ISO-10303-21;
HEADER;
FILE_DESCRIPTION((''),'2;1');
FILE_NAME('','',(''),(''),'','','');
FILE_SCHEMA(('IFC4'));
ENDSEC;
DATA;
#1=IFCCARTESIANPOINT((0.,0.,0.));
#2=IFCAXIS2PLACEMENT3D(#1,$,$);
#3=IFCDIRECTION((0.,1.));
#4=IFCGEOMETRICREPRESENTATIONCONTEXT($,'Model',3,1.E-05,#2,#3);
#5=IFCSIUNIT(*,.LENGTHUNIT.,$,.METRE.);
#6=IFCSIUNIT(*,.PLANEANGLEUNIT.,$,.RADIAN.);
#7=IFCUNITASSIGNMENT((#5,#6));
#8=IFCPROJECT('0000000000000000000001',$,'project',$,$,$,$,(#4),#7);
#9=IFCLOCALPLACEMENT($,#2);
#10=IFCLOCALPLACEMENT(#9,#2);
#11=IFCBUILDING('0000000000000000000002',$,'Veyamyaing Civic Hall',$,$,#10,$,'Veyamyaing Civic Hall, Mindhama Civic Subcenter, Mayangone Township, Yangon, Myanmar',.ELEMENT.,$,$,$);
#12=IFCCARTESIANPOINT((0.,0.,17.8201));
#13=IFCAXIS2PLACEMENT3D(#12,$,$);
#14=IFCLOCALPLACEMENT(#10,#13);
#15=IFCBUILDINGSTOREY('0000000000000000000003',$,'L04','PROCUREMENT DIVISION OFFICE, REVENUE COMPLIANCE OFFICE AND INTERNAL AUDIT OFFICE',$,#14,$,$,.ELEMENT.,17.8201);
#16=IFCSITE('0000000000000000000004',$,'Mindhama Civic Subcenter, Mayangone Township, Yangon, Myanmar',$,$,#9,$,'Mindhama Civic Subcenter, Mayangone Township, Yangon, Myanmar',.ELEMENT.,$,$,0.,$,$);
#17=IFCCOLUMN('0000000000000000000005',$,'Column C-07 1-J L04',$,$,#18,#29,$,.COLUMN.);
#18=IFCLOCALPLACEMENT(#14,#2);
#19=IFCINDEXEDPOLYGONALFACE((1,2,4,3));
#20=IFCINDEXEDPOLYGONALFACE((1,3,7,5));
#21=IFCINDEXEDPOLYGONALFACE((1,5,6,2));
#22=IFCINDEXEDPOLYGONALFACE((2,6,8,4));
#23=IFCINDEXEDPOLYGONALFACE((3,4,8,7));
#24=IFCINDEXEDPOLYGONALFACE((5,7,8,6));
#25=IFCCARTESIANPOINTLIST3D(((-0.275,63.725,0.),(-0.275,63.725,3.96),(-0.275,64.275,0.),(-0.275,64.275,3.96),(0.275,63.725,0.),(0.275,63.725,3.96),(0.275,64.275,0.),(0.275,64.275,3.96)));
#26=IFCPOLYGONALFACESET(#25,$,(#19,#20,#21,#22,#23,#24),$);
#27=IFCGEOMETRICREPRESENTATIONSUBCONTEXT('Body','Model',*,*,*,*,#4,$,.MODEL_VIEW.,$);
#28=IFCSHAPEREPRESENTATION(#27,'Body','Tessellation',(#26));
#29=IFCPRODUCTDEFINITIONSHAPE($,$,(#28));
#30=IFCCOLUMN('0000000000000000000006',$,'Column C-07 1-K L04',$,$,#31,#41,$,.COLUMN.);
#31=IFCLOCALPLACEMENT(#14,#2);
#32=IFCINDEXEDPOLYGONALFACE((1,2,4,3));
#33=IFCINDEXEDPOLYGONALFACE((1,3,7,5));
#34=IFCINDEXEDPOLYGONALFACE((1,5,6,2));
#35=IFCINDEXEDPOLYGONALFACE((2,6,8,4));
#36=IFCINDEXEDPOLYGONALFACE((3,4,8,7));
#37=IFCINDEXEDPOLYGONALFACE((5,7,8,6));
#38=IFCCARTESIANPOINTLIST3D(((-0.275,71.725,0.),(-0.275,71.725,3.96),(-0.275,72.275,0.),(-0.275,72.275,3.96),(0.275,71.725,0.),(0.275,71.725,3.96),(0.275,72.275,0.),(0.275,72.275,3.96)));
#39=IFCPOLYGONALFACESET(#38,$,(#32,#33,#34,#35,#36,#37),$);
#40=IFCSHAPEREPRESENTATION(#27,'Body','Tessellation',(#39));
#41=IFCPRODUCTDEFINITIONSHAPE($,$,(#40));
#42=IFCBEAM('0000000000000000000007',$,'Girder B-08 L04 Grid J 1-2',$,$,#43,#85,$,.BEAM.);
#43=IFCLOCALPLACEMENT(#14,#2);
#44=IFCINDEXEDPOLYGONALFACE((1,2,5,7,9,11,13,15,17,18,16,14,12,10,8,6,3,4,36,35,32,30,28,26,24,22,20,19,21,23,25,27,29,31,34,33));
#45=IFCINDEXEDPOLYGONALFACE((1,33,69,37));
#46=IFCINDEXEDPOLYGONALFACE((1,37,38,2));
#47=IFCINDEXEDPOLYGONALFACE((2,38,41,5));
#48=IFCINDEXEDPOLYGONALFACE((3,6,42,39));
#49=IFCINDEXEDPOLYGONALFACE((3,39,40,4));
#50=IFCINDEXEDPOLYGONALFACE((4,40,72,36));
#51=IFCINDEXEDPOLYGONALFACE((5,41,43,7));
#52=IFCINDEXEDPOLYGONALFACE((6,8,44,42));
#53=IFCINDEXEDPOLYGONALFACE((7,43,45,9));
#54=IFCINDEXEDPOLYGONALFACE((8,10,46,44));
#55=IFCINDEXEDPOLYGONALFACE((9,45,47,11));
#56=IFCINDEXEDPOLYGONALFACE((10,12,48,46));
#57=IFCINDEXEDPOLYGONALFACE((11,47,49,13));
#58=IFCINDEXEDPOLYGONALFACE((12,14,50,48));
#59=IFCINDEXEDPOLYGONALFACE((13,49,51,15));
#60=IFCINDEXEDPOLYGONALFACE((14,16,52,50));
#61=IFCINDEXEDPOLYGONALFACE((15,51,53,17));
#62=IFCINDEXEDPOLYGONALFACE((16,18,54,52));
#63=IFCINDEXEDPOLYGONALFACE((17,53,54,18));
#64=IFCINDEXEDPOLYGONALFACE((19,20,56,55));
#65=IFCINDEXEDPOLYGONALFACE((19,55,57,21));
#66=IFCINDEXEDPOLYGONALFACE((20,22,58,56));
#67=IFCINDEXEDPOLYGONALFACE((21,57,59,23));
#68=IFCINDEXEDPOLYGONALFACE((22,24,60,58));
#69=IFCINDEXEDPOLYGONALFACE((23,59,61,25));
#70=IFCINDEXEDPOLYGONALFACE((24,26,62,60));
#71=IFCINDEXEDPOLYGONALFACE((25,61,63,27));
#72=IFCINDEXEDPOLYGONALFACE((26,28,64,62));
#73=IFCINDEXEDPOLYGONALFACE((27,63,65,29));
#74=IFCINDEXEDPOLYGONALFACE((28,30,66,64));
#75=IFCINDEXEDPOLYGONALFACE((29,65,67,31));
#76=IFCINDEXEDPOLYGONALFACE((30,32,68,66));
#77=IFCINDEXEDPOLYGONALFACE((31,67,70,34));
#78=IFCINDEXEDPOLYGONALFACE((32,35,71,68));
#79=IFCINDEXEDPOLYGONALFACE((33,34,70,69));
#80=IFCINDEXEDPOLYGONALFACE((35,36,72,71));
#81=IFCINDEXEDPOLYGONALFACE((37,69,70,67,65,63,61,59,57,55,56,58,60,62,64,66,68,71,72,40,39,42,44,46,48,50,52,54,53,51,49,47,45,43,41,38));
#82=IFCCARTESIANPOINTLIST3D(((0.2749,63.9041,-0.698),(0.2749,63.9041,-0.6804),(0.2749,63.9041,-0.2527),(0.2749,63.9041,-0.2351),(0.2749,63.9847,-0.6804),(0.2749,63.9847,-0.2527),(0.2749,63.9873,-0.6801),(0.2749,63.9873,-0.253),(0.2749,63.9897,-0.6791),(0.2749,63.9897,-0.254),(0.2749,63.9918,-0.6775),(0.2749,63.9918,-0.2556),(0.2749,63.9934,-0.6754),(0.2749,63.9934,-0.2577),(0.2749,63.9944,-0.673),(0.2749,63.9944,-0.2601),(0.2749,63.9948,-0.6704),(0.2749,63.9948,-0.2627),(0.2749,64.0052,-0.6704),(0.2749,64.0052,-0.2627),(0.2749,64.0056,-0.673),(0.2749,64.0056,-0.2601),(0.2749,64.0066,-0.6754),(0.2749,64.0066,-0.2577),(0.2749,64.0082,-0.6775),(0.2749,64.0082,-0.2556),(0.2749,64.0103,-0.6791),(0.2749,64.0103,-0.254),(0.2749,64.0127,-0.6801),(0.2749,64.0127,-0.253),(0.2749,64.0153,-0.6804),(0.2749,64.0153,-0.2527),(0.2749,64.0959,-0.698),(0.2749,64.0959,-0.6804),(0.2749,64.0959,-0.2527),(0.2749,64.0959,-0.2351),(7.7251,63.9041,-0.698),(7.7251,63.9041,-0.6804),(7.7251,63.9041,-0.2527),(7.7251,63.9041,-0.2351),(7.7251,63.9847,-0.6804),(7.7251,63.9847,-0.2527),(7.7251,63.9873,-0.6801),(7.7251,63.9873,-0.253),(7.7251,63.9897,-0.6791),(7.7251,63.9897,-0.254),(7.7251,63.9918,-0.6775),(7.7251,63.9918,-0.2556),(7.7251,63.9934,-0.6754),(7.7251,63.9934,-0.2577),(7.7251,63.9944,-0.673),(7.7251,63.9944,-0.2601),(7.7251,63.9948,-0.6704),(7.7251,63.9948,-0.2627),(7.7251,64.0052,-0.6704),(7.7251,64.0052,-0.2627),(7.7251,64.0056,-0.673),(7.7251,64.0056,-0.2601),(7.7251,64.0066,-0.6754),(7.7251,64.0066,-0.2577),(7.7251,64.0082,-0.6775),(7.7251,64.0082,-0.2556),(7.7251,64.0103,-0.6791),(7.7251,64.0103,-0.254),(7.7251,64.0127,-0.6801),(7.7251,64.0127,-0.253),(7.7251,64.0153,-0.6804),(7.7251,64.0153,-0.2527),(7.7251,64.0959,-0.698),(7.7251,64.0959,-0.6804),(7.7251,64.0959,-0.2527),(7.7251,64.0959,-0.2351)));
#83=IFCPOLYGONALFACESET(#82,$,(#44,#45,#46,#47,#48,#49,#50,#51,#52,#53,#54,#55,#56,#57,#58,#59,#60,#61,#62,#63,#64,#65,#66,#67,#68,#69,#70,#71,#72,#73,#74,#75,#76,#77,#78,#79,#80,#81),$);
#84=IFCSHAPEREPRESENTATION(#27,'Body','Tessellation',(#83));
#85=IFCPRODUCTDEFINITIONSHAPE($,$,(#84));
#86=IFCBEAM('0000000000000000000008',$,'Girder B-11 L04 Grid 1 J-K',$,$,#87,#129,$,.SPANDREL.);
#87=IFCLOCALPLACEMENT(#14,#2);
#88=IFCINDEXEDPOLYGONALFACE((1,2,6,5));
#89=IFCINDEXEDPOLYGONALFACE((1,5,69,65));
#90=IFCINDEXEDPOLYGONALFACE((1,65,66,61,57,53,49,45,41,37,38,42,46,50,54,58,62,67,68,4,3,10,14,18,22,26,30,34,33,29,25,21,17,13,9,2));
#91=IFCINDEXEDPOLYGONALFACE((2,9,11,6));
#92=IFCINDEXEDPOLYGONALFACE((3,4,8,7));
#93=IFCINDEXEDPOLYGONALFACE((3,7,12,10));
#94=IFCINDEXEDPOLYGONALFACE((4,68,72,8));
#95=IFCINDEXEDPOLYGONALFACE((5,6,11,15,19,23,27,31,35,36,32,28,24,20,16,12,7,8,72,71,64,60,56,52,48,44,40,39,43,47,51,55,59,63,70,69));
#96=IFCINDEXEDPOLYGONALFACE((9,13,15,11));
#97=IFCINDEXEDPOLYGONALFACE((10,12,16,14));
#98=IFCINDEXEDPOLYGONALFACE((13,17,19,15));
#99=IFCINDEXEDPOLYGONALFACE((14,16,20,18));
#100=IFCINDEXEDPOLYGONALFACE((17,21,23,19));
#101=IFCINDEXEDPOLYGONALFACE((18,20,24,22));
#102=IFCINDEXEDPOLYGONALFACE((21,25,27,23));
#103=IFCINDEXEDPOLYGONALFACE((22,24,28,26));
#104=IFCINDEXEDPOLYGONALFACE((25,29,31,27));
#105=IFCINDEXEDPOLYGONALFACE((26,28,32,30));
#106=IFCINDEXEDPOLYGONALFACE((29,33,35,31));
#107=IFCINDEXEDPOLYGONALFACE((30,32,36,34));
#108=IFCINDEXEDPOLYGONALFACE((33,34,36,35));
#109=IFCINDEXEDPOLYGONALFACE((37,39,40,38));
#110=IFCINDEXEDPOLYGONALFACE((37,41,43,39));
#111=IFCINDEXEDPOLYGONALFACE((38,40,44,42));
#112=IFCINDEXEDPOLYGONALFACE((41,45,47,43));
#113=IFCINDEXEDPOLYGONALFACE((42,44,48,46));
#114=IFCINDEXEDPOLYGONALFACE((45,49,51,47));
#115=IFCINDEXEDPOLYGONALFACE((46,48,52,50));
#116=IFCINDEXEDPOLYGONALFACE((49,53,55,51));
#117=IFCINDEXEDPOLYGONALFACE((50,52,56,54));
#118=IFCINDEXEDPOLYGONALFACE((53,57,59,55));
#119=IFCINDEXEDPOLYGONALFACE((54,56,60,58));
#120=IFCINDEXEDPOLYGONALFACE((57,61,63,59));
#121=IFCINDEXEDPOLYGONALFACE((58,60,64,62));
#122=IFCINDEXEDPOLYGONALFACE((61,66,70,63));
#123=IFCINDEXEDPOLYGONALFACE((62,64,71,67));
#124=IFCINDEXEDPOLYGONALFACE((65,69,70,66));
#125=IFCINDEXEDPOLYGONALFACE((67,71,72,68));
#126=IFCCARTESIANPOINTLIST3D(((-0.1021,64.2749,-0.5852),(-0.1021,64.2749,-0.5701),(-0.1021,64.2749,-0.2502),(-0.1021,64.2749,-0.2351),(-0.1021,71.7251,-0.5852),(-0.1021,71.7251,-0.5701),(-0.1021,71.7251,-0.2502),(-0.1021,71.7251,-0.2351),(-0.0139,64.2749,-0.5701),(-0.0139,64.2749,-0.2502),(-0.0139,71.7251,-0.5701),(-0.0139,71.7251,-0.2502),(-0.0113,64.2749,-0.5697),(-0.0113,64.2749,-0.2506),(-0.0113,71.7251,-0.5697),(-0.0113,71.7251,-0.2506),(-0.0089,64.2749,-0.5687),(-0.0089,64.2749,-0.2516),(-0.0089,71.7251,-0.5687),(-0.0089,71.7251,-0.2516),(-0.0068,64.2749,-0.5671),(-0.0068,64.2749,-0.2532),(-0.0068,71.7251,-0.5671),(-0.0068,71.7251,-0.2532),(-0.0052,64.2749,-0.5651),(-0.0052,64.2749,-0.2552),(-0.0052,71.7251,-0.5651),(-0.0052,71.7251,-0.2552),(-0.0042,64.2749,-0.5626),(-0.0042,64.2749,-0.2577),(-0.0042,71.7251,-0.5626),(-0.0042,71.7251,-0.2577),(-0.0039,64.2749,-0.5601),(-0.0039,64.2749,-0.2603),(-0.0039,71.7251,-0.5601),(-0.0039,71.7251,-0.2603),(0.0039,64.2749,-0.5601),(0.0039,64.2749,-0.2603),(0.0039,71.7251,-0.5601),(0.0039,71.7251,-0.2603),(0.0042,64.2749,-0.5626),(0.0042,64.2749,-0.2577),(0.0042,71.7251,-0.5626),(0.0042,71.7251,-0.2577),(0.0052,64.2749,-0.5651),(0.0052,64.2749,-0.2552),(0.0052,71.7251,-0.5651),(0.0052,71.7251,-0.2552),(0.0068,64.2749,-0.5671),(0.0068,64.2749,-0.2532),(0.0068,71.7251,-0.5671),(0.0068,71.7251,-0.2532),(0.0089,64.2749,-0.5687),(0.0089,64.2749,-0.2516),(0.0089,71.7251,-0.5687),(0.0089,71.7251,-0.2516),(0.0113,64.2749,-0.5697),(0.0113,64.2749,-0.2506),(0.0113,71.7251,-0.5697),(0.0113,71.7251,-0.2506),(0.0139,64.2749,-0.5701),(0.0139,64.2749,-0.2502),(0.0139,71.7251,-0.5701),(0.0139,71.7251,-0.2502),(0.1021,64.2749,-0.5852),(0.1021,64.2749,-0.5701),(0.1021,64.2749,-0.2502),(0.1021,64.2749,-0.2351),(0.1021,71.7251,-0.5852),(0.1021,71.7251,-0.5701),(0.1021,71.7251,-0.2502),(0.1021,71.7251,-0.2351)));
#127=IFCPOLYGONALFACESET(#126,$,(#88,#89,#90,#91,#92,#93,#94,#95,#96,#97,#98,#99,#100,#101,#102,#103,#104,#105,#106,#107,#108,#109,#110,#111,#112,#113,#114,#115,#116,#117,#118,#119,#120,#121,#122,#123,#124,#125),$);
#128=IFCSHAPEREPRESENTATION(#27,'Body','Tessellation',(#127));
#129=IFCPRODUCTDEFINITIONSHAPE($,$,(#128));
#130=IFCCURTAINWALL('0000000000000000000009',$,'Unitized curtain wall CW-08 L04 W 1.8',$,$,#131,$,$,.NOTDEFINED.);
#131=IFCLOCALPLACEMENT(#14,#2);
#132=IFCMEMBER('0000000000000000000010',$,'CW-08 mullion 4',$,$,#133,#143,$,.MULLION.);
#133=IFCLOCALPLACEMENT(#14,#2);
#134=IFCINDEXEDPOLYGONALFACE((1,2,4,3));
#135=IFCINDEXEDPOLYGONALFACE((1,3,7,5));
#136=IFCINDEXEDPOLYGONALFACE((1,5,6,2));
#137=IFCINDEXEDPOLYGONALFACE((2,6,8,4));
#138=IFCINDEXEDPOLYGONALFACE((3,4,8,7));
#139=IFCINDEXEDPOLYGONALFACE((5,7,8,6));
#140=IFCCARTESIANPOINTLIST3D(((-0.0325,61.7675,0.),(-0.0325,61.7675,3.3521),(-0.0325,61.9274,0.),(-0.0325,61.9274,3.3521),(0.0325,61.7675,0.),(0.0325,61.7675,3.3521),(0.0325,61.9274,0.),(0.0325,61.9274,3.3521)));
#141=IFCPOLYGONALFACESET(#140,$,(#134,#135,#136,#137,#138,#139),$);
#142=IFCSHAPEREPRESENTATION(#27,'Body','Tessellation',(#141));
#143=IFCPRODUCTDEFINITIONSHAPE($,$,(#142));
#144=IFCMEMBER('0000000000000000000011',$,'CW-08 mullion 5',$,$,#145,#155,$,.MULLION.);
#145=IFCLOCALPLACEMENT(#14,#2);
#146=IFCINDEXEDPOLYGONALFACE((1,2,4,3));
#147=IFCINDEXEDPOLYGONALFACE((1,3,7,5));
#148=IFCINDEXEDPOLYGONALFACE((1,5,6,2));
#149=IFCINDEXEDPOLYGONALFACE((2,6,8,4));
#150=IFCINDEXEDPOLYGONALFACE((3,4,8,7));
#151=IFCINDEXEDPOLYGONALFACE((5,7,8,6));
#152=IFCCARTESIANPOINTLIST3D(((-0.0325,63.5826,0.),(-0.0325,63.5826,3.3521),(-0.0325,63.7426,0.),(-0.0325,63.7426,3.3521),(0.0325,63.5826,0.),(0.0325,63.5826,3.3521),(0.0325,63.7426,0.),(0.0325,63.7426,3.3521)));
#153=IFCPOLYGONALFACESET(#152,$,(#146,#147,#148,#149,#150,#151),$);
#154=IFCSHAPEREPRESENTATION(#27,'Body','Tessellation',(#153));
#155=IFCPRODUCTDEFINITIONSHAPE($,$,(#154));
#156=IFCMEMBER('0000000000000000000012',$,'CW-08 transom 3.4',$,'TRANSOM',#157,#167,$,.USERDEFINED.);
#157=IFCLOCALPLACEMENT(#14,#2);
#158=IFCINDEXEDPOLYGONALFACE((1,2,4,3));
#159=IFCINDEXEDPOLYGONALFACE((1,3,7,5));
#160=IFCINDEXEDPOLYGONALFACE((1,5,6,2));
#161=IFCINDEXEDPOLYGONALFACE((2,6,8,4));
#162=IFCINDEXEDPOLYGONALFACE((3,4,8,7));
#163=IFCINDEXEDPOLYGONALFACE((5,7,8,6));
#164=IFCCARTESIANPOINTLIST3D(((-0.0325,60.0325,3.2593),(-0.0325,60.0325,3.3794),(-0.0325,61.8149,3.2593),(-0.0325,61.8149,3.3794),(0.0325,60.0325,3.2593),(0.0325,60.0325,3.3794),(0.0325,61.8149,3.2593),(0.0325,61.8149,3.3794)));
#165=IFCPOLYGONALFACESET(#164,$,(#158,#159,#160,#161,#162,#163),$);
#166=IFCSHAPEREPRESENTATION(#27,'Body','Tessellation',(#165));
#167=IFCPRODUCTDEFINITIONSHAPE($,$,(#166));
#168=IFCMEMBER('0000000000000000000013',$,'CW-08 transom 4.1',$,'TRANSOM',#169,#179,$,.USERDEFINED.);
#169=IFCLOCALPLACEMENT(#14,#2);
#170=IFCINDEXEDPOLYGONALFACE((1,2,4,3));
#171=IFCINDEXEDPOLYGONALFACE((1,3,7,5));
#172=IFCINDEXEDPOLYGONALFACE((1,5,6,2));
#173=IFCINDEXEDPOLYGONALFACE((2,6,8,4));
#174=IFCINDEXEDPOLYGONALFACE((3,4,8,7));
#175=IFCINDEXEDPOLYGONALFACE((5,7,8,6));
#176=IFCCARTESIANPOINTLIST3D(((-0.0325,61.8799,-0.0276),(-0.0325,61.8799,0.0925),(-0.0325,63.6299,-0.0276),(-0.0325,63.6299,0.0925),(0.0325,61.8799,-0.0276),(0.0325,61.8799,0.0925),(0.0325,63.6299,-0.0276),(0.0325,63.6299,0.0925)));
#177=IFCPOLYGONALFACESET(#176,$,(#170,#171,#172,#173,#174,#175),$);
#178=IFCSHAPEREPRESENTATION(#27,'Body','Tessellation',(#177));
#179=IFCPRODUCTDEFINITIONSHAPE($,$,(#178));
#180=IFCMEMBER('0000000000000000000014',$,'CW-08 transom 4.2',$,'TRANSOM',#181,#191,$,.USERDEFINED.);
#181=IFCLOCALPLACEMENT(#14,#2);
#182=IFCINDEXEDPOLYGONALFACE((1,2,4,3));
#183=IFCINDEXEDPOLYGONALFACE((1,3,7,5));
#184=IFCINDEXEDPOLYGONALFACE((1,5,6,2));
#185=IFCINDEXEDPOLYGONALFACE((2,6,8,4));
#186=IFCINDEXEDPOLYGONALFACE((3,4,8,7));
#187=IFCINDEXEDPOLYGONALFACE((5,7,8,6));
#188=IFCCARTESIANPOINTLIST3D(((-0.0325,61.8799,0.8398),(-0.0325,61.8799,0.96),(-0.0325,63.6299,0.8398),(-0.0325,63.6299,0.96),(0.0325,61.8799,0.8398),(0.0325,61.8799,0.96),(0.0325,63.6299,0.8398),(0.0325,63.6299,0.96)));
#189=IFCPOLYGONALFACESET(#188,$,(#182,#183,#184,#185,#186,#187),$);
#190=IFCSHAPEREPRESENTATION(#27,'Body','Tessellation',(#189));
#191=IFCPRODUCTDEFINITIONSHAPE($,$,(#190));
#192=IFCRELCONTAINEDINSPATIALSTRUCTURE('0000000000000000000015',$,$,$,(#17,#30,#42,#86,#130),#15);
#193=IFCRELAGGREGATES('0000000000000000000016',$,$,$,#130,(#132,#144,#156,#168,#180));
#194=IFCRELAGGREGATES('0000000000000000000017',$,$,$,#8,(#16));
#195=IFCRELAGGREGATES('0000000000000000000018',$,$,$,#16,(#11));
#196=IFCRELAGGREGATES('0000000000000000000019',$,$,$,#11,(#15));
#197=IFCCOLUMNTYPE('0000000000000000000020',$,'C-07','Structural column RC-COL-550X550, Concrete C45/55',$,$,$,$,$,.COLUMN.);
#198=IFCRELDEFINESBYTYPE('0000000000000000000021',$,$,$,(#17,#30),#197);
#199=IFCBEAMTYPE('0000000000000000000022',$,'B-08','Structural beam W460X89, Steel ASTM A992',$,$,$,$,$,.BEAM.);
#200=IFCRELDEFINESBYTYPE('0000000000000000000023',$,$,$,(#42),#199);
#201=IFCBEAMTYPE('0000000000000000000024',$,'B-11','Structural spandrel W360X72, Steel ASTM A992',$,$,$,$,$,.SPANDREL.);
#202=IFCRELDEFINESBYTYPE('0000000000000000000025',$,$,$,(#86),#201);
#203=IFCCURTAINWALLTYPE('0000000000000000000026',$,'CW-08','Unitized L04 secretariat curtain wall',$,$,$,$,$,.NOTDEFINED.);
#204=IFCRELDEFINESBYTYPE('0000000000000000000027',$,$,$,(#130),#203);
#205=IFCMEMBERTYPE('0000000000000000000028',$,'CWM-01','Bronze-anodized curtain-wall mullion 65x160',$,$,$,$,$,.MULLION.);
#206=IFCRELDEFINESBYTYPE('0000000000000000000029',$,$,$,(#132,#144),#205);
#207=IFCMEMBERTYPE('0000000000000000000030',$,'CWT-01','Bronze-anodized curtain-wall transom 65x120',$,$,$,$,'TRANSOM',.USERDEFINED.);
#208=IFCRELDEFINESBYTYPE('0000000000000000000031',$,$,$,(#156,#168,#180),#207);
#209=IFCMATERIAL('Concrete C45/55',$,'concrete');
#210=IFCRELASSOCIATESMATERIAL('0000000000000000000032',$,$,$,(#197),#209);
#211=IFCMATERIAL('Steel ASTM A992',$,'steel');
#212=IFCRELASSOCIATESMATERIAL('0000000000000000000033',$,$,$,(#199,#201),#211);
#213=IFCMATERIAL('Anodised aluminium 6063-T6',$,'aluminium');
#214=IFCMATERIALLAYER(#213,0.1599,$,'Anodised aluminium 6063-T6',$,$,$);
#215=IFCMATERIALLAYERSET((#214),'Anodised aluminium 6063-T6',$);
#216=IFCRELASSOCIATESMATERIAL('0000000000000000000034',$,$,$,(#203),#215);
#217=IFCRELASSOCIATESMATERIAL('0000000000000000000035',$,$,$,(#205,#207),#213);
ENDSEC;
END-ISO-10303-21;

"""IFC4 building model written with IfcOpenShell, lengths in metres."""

from ifc_helpers import new_model, si_unit, direction, frame, origin, origin_2d, place, context, subcontext, project, spatial, rectangle, i_section, extrude, material, layer, layer_set, material_profile, profile_set, type_object, element, aggregate, save


model = new_model("IFC4")

# Units and contexts
model_context = context("Model", 3, precision=1e-05, world=origin(), true_north=direction((0.0, 1.0)))
body_context = subcontext(model_context, "Body", "Model", "MODEL_VIEW")
ifc_project = project(units=[si_unit("LENGTHUNIT", "METRE"), si_unit("PLANEANGLEUNIT", "RADIAN")], contexts=[model_context])

# Site, building, storey
site_placement = place(None, origin())
site = spatial("IfcSite", under=ifc_project, at=site_placement, Name="Mindhama Civic Subcenter, Mayangone Township, Yangon, Myanmar", LongName="Mindhama Civic Subcenter, Mayangone Township, Yangon, Myanmar", CompositionType="ELEMENT", RefElevation=0.0)
building_placement = place(site_placement, origin())
building = spatial("IfcBuilding", under=site, at=building_placement, Name="Veyamyaing Civic Hall", LongName="Veyamyaing Civic Hall, Mindhama Civic Subcenter, Mayangone Township, Yangon, Myanmar", CompositionType="ELEMENT")
storey_placement = place(building_placement, frame((0.0, 0.0, 17.8201)))
storey = spatial("IfcBuildingStorey", under=building, at=storey_placement, Name="L04", Description="PROCUREMENT DIVISION OFFICE, REVENUE COMPLIANCE OFFICE AND INTERNAL AUDIT OFFICE", CompositionType="ELEMENT", Elevation=17.8201)

# Columns
ifc_material_1 = material(Name="Concrete C45/55", Category="concrete")
ifc_material_profile_1 = material_profile(ifc_material_1, rectangle(XDim=0.55, YDim=0.55, at=origin_2d()), Name="RC-COL-550X550")
ifc_profile_set_1 = profile_set([ifc_material_profile_1], Name="Concrete C45/55")
column_type = type_object("IfcColumnType", Name="C-07", Description="Structural column RC-COL-550X550, Concrete C45/55", PredefinedType="COLUMN", material=ifc_profile_set_1)
for number, where, z_axis, x_axis, name in (
    (1, (0.0, 64.0, 0.0), (0.0, 0.0, 1.0), (1.0, 0.0, 0.0), "Column C-07 1-J L04"),
    (2, (0.0, 72.0, 0.0), (0.0, 0.0, 1.0), (1.0, 0.0, 0.0), "Column C-07 1-K L04"),
):
    element("IfcColumn", number, at=place(storey_placement, frame(where, z_axis=z_axis, x_axis=x_axis)), inside=storey, type_object=column_type, Name=name, PredefinedType="COLUMN", context=body_context, shape_type="SweptSolid", body=[
        extrude(rectangle(XDim=0.55, YDim=0.55, at=origin_2d()), origin(), (0.0, 0.0, 1.0), 3.96),
    ])

# Beams
ifc_material_2 = material(Name="Steel ASTM A992", Category="steel")
ifc_material_profile_2 = material_profile(ifc_material_2, i_section(OverallWidth=0.1919, OverallDepth=0.4629, WebThickness=0.0105, FlangeThickness=0.0176, FilletRadius=0.01, at=origin_2d()), Name="W460X89")
ifc_profile_set_2 = profile_set([ifc_material_profile_2], Name="Steel ASTM A992")
beam_type_1 = type_object("IfcBeamType", Name="B-08", Description="Structural beam W460X89, Steel ASTM A992", PredefinedType="BEAM", material=ifc_profile_set_2)
beam_1_placement = place(storey_placement, frame((0.2749, 64.0, -0.4666), z_axis=(1.0, 0.0, 0.0), x_axis=(0.0, 1.0, 0.0)))
element("IfcBeam", 3, at=beam_1_placement, inside=storey, type_object=beam_type_1, Name="Girder B-08 L04 Grid J 1-2", PredefinedType="BEAM", context=body_context, shape_type="SweptSolid", body=[
    extrude(i_section(OverallWidth=0.1919, OverallDepth=0.4629, WebThickness=0.0105, FlangeThickness=0.0176, FilletRadius=0.01, at=origin_2d()), origin(), (0.0, 0.0, 1.0), 7.4502),
])
ifc_material_profile_3 = material_profile(ifc_material_2, i_section(OverallWidth=0.2041, OverallDepth=0.3501, WebThickness=0.0078, FlangeThickness=0.0151, FilletRadius=0.01, at=origin_2d()), Name="W360X72")
ifc_profile_set_3 = profile_set([ifc_material_profile_3], Name="Steel ASTM A992")
beam_type_2 = type_object("IfcBeamType", Name="B-11", Description="Structural spandrel W360X72, Steel ASTM A992", PredefinedType="SPANDREL", material=ifc_profile_set_3)
beam_2_placement = place(storey_placement, frame((0.0, 64.2749, -0.4102), z_axis=(0.0, 1.0, 0.0), x_axis=(-1.0, 0.0, 0.0)))
element("IfcBeam", 4, at=beam_2_placement, inside=storey, type_object=beam_type_2, Name="Girder B-11 L04 Grid 1 J-K", PredefinedType="SPANDREL", context=body_context, shape_type="SweptSolid", body=[
    extrude(i_section(OverallWidth=0.2041, OverallDepth=0.3501, WebThickness=0.0078, FlangeThickness=0.0151, FilletRadius=0.01, at=origin_2d()), origin(), (0.0, 0.0, 1.0), 7.4502),
])

# Curtain wall, members
ifc_material_3 = material(Name="Anodised aluminium 6063-T6", Category="aluminium")
ifc_layer_1 = layer(ifc_material_3, 0.1599, Name="Anodised aluminium 6063-T6")
ifc_layer_set_1 = layer_set([ifc_layer_1], Name="Anodised aluminium 6063-T6")
curtain_wall_type = type_object("IfcCurtainWallType", Name="CW-08", Description="Unitized L04 secretariat curtain wall", PredefinedType="NOTDEFINED", material=ifc_layer_set_1)
curtain_wall_placement = place(storey_placement, origin())
curtain_wall = element("IfcCurtainWall", 5, at=curtain_wall_placement, inside=storey, type_object=curtain_wall_type, Name="Unitized curtain wall CW-08 L04 W 1.8", PredefinedType="NOTDEFINED")
ifc_material_profile_4 = material_profile(ifc_material_3, rectangle(XDim=0.0649, YDim=0.1599, at=origin_2d()), Name="ALU-MUL-65X160")
ifc_profile_set_4 = profile_set([ifc_material_profile_4], Name="Anodised aluminium 6063-T6")
member_type_1 = type_object("IfcMemberType", Name="CWM-01", Description="Bronze-anodized curtain-wall mullion 65x160", PredefinedType="MULLION", material=ifc_profile_set_4)
member_1_placement = place(storey_placement, frame((0.0, 61.8474, 0.0), z_axis=(0.0, 0.0, 1.0), x_axis=(-1.0, 0.0, 0.0)))
member_1 = element("IfcMember", 6, at=member_1_placement, type_object=member_type_1, Name="CW-08 mullion 4", PredefinedType="MULLION", context=body_context, shape_type="SweptSolid", body=[
    extrude(rectangle(XDim=0.0649, YDim=0.1599, at=origin_2d()), origin(), (0.0, 0.0, 1.0), 3.3521),
])
member_2_placement = place(storey_placement, frame((0.0, 63.6626, 0.0), z_axis=(0.0, 0.0, 1.0), x_axis=(-1.0, 0.0, 0.0)))
member_2 = element("IfcMember", 7, at=member_2_placement, type_object=member_type_1, Name="CW-08 mullion 5", PredefinedType="MULLION", context=body_context, shape_type="SweptSolid", body=[
    extrude(rectangle(XDim=0.0649, YDim=0.1599, at=origin_2d()), origin(), (0.0, 0.0, 1.0), 3.3521),
])
ifc_material_profile_5 = material_profile(ifc_material_3, rectangle(XDim=0.0649, YDim=0.1201, at=origin_2d()), Name="ALU-TRN-65X120")
ifc_profile_set_5 = profile_set([ifc_material_profile_5], Name="Anodised aluminium 6063-T6")
member_type_2 = type_object("IfcMemberType", Name="CWT-01", Description="Bronze-anodized curtain-wall transom 65x120", ElementType="TRANSOM", PredefinedType="USERDEFINED", material=ifc_profile_set_5)
member_3_placement = place(storey_placement, frame((0.0, 60.0325, 3.3193), z_axis=(0.0, 1.0, 0.0), x_axis=(-1.0, 0.0, 0.0)))
member_3 = element("IfcMember", 8, at=member_3_placement, type_object=member_type_2, Name="CW-08 transom 3.4", ObjectType="TRANSOM", PredefinedType="USERDEFINED", context=body_context, shape_type="SweptSolid", body=[
    extrude(rectangle(XDim=0.0649, YDim=0.1201, at=origin_2d()), origin(), (0.0, 0.0, 1.0), 1.7825),
])
member_4_placement = place(storey_placement, frame((0.0, 61.8799, 0.0325), z_axis=(0.0, 1.0, 0.0), x_axis=(-1.0, 0.0, 0.0)))
member_4 = element("IfcMember", 9, at=member_4_placement, type_object=member_type_2, Name="CW-08 transom 4.1", ObjectType="TRANSOM", PredefinedType="USERDEFINED", context=body_context, shape_type="SweptSolid", body=[
    extrude(rectangle(XDim=0.0649, YDim=0.1201, at=origin_2d()), origin(), (0.0, 0.0, 1.0), 1.75),
])
member_5_placement = place(storey_placement, frame((0.0, 61.8799, 0.8999), z_axis=(0.0, 1.0, 0.0), x_axis=(-1.0, 0.0, 0.0)))
member_5 = element("IfcMember", 10, at=member_5_placement, type_object=member_type_2, Name="CW-08 transom 4.2", ObjectType="TRANSOM", PredefinedType="USERDEFINED", context=body_context, shape_type="SweptSolid", body=[
    extrude(rectangle(XDim=0.0649, YDim=0.1201, at=origin_2d()), origin(), (0.0, 0.0, 1.0), 1.75),
])

aggregate(curtain_wall, [member_1, member_2, member_3, member_4, member_5])

save(model, "model.ifc")
